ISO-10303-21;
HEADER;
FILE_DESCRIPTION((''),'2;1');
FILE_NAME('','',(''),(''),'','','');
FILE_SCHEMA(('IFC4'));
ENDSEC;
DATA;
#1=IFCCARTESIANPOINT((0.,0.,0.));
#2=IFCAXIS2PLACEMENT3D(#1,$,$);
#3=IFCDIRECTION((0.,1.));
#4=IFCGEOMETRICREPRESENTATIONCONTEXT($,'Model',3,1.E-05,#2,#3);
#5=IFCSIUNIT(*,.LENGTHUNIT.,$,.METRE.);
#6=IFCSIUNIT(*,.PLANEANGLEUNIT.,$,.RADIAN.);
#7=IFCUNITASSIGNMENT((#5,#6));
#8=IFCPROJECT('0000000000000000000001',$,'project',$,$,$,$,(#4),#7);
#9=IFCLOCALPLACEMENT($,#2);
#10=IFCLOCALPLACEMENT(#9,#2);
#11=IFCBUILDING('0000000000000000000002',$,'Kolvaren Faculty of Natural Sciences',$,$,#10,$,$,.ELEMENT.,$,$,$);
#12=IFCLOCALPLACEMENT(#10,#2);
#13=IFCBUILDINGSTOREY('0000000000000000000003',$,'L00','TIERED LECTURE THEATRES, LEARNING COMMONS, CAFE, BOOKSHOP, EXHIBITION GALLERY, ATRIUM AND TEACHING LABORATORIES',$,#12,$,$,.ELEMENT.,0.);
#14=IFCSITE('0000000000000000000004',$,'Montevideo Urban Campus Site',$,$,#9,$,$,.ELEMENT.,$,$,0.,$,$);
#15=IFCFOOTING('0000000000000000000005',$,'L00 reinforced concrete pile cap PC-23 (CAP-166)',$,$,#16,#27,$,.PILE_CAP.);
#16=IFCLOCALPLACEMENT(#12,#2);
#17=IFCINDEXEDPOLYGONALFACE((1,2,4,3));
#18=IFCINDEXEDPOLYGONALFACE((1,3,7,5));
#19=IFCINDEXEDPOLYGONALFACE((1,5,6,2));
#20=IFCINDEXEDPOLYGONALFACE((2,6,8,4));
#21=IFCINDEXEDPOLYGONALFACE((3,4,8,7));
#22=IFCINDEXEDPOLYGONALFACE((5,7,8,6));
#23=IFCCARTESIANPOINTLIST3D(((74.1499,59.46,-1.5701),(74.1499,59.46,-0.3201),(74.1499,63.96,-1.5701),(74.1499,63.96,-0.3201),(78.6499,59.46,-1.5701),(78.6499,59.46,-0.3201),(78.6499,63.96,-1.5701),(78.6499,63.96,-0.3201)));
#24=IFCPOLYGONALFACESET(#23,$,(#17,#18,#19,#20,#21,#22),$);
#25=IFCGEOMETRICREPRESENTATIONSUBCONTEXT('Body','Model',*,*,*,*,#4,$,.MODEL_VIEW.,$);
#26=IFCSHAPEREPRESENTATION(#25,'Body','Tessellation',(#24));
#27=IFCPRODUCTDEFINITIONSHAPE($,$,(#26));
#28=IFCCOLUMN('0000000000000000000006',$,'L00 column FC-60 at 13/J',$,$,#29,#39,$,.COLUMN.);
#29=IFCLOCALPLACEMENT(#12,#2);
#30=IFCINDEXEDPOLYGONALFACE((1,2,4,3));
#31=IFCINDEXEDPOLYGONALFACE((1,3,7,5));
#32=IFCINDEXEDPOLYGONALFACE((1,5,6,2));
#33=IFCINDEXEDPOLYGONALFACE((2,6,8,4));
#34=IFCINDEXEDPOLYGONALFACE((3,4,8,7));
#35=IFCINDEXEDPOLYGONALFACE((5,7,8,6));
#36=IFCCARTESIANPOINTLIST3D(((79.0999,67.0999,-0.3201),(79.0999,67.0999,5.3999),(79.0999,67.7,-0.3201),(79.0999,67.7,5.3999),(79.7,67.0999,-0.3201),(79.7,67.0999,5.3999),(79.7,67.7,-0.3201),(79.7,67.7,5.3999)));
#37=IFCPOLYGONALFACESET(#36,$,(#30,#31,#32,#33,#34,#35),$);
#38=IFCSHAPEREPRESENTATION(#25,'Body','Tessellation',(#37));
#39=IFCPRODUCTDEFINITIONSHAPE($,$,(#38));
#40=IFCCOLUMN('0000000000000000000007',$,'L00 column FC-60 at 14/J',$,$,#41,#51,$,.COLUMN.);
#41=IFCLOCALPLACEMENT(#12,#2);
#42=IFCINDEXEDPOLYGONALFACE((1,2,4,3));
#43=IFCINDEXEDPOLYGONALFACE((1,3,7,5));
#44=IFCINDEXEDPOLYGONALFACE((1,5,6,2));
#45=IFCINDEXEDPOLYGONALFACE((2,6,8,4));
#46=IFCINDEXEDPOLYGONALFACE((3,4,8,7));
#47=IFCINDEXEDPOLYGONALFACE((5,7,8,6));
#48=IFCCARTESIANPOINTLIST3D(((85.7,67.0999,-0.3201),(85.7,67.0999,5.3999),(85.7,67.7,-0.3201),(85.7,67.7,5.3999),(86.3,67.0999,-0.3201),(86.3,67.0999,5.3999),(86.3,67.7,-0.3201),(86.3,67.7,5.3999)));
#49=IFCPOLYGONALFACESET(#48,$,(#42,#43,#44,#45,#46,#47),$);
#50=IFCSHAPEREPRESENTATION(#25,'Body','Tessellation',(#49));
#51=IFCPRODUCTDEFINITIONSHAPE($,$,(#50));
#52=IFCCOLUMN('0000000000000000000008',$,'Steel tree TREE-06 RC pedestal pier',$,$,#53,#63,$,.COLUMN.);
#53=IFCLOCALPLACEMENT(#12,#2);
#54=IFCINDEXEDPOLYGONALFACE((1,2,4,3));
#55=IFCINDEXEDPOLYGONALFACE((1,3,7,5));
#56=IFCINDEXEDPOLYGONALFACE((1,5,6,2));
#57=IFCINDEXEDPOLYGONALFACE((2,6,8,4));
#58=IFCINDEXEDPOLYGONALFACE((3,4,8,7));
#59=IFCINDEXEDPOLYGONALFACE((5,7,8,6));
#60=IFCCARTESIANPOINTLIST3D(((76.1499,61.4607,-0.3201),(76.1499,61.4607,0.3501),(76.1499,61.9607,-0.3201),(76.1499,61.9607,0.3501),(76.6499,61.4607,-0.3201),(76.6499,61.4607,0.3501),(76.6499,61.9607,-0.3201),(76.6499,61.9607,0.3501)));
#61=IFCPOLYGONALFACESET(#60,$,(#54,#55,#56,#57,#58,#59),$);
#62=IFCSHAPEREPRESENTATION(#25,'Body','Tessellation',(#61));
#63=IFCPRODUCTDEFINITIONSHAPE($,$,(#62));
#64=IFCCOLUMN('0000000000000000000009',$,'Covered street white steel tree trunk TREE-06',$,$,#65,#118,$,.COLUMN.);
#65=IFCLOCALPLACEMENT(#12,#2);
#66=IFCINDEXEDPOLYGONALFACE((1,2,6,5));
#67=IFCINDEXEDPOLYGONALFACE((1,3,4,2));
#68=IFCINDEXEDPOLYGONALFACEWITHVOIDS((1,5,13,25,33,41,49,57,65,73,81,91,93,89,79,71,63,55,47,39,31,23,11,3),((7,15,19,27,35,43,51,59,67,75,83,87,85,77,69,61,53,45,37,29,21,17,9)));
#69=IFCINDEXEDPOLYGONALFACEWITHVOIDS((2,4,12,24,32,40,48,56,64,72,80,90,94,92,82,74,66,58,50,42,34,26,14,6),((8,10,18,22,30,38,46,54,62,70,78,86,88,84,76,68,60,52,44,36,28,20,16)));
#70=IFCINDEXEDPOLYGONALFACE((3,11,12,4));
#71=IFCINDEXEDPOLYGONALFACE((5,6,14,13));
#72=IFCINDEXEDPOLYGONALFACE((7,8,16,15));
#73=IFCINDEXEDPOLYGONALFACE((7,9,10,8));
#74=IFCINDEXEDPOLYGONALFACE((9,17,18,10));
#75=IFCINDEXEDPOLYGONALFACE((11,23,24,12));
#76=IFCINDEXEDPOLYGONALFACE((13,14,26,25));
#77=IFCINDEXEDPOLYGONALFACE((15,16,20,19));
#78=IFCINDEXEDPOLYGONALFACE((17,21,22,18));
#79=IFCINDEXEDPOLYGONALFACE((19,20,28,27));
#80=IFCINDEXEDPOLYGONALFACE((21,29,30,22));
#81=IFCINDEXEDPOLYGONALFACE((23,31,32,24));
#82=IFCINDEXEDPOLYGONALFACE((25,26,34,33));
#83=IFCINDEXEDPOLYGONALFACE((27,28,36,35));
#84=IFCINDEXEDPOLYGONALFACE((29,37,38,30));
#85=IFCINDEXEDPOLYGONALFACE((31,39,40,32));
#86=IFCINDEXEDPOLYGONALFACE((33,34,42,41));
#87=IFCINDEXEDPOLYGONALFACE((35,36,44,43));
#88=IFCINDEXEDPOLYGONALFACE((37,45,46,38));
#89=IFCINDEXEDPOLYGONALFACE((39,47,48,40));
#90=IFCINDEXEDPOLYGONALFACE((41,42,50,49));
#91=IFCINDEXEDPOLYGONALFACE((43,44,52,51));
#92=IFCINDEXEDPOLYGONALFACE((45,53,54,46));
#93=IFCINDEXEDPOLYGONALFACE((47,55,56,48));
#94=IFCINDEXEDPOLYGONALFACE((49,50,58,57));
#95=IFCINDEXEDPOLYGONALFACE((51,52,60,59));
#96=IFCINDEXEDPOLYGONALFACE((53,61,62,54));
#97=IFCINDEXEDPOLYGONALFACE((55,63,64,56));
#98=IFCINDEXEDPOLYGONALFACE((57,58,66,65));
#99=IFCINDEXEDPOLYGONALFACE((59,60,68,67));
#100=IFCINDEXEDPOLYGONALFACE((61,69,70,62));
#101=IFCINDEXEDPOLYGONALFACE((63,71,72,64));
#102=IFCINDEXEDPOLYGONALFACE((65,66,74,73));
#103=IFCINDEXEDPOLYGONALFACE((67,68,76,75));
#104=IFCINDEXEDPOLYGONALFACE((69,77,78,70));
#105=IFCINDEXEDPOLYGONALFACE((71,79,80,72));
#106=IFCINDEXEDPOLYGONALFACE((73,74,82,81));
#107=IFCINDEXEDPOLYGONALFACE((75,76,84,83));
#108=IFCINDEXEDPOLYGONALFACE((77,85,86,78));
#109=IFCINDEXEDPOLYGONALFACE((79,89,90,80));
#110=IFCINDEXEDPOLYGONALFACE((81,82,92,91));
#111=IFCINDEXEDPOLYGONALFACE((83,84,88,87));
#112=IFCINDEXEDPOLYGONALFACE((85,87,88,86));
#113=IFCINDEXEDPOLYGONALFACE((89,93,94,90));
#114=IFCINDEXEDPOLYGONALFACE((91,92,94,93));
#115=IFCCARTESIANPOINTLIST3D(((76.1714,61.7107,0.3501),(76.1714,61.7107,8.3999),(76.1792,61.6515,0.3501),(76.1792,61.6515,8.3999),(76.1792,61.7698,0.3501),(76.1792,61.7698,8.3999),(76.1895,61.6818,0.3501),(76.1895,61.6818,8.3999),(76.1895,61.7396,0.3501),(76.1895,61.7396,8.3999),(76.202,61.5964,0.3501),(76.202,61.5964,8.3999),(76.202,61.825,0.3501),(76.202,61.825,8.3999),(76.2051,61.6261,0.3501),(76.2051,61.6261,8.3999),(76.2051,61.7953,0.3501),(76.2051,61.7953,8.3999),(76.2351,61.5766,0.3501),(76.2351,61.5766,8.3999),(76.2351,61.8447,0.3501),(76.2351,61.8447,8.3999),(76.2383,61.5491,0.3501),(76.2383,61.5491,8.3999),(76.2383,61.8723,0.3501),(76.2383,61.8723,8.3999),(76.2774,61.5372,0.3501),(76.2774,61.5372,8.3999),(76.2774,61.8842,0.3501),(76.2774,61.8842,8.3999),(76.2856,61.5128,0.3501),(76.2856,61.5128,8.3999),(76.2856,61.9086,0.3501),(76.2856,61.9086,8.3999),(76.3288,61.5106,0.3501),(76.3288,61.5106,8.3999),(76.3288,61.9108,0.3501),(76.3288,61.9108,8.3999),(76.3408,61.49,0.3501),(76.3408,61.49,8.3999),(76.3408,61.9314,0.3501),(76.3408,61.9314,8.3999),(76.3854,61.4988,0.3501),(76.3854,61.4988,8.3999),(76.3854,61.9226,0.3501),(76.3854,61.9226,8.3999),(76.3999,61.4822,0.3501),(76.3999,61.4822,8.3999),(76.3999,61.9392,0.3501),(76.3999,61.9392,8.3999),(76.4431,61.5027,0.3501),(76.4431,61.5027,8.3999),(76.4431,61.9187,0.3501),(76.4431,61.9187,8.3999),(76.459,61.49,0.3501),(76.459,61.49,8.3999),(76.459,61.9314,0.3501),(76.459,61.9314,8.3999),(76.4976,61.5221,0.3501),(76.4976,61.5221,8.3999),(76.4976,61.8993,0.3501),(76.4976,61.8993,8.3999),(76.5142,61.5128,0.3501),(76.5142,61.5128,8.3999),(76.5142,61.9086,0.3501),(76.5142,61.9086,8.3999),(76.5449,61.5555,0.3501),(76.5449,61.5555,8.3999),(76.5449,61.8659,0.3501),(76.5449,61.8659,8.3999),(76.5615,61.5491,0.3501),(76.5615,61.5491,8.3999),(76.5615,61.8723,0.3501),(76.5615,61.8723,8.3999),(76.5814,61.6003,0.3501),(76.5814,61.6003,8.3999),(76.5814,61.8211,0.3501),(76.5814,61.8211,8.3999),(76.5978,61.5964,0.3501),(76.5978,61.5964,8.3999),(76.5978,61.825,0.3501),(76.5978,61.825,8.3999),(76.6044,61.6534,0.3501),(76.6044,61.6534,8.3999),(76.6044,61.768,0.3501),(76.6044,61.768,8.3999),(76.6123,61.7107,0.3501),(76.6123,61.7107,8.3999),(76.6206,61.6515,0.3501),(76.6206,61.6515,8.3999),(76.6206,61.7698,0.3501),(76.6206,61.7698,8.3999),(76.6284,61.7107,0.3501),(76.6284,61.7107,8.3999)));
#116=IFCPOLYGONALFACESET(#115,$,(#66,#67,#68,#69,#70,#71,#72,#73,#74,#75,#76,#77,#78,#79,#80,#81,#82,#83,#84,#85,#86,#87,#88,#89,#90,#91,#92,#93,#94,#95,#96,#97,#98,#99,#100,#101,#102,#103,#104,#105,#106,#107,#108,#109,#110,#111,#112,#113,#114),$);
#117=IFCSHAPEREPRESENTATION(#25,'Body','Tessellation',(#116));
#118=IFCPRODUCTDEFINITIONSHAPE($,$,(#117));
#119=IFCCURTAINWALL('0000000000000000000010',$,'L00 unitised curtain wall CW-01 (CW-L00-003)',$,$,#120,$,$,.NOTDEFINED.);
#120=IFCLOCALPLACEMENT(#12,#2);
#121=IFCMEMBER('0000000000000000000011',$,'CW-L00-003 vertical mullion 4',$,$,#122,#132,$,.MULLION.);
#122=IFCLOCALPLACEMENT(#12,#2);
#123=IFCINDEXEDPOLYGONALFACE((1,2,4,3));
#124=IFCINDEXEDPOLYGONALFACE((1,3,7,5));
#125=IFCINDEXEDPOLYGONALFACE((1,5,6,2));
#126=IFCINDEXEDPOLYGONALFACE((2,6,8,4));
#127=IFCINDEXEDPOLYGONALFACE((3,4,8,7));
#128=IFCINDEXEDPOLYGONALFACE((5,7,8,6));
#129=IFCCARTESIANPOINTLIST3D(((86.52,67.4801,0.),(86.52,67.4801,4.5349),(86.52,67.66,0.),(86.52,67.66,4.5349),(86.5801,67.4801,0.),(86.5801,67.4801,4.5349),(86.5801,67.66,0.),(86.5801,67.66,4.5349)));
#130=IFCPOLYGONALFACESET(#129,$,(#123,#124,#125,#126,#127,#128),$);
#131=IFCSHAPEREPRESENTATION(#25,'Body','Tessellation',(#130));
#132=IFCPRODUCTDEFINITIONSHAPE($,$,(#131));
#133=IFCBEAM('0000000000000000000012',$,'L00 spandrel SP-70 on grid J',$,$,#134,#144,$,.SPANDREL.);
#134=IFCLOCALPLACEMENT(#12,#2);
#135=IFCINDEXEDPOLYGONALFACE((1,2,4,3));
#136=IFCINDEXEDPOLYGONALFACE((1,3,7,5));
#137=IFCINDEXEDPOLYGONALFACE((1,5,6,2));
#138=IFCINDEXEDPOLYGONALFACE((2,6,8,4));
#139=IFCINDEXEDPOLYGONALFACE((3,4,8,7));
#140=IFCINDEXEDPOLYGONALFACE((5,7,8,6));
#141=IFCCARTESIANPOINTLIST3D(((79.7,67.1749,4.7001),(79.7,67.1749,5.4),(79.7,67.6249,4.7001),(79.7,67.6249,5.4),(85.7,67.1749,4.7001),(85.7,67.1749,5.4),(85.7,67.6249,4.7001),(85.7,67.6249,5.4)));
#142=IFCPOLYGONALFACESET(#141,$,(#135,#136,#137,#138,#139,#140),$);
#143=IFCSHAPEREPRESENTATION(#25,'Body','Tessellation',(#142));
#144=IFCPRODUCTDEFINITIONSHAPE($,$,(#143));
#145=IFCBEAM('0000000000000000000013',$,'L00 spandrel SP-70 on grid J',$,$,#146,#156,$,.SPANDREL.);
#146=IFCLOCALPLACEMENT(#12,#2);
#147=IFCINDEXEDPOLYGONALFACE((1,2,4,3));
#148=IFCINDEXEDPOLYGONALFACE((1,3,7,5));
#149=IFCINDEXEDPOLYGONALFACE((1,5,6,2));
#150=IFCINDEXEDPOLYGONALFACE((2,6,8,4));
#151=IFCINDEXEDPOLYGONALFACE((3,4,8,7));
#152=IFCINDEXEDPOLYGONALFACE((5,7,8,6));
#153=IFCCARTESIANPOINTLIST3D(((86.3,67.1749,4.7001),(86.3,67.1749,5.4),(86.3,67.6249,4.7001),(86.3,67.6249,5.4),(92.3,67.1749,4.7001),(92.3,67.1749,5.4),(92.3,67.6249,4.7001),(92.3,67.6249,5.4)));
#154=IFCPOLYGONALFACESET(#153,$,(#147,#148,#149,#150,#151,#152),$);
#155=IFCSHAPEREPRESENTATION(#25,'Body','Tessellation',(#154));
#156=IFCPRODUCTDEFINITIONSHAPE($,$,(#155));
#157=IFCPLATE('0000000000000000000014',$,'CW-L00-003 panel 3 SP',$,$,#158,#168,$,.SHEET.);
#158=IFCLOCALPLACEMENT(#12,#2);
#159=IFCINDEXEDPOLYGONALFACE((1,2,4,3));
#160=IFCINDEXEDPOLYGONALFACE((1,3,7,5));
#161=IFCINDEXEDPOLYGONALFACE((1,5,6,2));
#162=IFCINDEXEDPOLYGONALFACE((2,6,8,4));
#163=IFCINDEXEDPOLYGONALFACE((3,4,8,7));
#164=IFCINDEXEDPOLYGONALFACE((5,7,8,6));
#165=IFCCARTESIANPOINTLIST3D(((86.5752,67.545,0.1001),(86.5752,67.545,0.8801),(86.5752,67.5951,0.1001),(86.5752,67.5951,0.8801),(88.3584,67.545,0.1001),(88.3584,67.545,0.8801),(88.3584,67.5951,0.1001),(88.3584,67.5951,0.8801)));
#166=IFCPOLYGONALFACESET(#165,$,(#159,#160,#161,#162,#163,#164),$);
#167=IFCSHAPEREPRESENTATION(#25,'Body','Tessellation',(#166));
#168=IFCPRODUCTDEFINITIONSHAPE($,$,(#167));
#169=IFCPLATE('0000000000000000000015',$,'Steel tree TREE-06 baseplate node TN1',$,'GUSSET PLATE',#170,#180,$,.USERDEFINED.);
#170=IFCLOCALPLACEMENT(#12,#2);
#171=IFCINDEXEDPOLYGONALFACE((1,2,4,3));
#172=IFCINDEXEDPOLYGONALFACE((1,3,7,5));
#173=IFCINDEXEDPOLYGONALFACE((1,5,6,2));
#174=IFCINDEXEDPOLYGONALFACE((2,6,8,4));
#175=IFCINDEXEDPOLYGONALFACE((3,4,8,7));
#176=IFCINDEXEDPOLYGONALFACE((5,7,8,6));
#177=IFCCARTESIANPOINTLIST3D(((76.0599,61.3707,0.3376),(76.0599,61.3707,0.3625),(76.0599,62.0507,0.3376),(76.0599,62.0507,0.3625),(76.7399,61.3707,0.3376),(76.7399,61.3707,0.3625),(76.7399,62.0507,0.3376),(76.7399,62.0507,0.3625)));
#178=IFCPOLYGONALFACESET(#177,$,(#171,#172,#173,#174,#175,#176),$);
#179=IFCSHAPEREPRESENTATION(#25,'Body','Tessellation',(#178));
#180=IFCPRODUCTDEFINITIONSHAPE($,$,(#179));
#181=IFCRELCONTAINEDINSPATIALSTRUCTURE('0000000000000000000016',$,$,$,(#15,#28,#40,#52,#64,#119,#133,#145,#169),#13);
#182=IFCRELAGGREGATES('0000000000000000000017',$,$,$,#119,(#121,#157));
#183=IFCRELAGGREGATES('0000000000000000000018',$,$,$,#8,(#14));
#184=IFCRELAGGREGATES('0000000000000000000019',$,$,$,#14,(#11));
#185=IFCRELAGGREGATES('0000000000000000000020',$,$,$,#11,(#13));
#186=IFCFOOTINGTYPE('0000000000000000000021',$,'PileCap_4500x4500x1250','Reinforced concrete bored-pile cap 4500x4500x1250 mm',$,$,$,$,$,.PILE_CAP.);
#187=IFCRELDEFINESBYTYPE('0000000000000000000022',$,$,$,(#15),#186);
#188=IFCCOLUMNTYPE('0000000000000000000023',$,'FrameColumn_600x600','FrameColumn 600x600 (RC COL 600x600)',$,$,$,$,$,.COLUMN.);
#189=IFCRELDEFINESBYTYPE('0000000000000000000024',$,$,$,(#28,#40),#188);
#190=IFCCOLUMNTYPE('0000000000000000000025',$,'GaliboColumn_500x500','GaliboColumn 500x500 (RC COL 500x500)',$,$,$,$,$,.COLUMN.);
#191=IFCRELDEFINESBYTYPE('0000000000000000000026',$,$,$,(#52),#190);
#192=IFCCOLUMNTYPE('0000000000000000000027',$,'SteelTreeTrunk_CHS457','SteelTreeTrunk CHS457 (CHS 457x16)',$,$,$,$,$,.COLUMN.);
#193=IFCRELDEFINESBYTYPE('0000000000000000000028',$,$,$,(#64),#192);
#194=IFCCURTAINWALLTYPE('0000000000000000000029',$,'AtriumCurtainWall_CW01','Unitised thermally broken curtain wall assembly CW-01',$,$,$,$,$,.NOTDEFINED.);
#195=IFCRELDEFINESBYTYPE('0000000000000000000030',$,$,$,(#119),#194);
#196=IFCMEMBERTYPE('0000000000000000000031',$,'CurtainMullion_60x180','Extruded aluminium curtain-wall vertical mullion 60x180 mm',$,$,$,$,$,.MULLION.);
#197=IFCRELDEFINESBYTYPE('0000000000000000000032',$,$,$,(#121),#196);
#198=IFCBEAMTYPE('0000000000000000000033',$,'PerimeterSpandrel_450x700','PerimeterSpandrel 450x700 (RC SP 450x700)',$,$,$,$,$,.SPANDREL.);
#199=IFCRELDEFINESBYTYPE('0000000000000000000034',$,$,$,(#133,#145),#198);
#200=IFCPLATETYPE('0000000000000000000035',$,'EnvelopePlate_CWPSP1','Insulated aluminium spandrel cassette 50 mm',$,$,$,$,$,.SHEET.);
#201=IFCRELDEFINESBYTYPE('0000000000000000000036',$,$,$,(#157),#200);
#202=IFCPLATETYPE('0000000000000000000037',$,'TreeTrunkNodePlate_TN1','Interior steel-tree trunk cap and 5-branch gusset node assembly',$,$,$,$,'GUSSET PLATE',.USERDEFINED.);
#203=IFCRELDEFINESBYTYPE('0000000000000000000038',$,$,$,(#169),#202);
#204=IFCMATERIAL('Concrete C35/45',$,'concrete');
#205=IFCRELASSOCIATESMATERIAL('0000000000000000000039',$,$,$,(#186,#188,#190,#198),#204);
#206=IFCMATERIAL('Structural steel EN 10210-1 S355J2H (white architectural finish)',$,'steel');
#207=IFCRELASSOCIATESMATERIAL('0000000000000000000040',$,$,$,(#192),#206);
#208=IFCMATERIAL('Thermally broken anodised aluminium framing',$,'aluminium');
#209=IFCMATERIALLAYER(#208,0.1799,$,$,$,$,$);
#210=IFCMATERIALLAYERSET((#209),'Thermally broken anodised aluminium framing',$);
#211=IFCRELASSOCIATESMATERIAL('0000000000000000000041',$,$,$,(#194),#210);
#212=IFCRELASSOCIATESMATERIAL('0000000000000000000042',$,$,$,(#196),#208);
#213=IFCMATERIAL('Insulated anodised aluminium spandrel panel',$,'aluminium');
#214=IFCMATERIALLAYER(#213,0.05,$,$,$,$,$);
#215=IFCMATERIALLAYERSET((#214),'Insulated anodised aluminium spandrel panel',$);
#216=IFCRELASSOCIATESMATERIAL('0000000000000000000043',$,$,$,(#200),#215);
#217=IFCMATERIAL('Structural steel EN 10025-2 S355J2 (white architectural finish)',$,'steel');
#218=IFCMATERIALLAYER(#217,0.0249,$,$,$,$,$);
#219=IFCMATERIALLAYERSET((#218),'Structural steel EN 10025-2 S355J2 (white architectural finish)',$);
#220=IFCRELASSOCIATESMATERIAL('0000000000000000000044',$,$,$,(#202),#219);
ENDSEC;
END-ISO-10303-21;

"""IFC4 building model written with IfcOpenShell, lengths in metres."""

from ifc_helpers import new_model, si_unit, direction, frame, origin, origin_2d, place, context, subcontext, project, spatial, rectangle, hollow_circle, extrude, material, layer, layer_set, material_profile, profile_set, type_object, element, aggregate, save


model = new_model("IFC4")

# Units and contexts
model_context = context("Model", 3, precision=1e-05, world=origin(), true_north=direction((0.0, 1.0)))
body_context = subcontext(model_context, "Body", "Model", "MODEL_VIEW")
ifc_project = project(units=[si_unit("LENGTHUNIT", "METRE"), si_unit("PLANEANGLEUNIT", "RADIAN")], contexts=[model_context])

# Site, building, storey
site_placement = place(None, origin())
site = spatial("IfcSite", under=ifc_project, at=site_placement, Name="Montevideo Urban Campus Site", CompositionType="ELEMENT", RefElevation=0.0)
building_placement = place(site_placement, origin())
building = spatial("IfcBuilding", under=site, at=building_placement, Name="Kolvaren Faculty of Natural Sciences", CompositionType="ELEMENT")
storey_placement = place(building_placement, origin())
storey = spatial("IfcBuildingStorey", under=building, at=storey_placement, Name="L00", Description="TIERED LECTURE THEATRES, LEARNING COMMONS, CAFE, BOOKSHOP, EXHIBITION GALLERY, ATRIUM AND TEACHING LABORATORIES", CompositionType="ELEMENT", Elevation=0.0)

# Shared definitions
ifc_material_1 = material(Name="Concrete C35/45", Category="concrete")

# Footing
footing_type_1 = type_object("IfcFootingType", Name="PileCap_4500x4500x1250", Description="Reinforced concrete bored-pile cap 4500x4500x1250 mm", PredefinedType="PILE_CAP", material=ifc_material_1)
footing_placement = place(storey_placement, frame((76.3999, 61.71, -1.5701), z_axis=(0.0, 0.0, 1.0), x_axis=(1.0, 0.0, 0.0)))
element("IfcFooting", 1, at=footing_placement, inside=storey, type_object=footing_type_1, Name="L00 reinforced concrete pile cap PC-23 (CAP-166)", PredefinedType="PILE_CAP", context=body_context, shape_type="SweptSolid", body=[
    extrude(rectangle(XDim=4.5, YDim=4.5, at=origin_2d()), origin(), (0.0, 0.0, 1.0), 1.25),
])

# Columns
ifc_material_profile_1 = material_profile(ifc_material_1, rectangle(XDim=0.6001, YDim=0.6001, at=origin_2d()), Name="RC COL 600x600")
ifc_profile_set_1 = profile_set([ifc_material_profile_1], Name="Concrete C35/45")
column_type_1 = type_object("IfcColumnType", Name="FrameColumn_600x600", Description="FrameColumn 600x600 (RC COL 600x600)", PredefinedType="COLUMN", material=ifc_profile_set_1)
for number, where, z_axis, x_axis, name in (
    (2, (79.3999, 67.3999, -0.3201), (0.0, 0.0, 1.0), (1.0, 0.0, 0.0), "L00 column FC-60 at 13/J"),
    (3, (86.0, 67.3999, -0.3201), (0.0, 0.0, 1.0), (1.0, 0.0, 0.0), "L00 column FC-60 at 14/J"),
):
    element("IfcColumn", number, at=place(storey_placement, frame(where, z_axis=z_axis, x_axis=x_axis)), inside=storey, type_object=column_type_1, Name=name, PredefinedType="COLUMN", context=body_context, shape_type="SweptSolid", body=[
        extrude(rectangle(XDim=0.6001, YDim=0.6001, at=origin_2d()), origin(), (0.0, 0.0, 1.0), 5.72),
    ])
ifc_material_profile_2 = material_profile(ifc_material_1, rectangle(XDim=0.5, YDim=0.5, at=origin_2d()), Name="RC COL 500x500")
ifc_profile_set_2 = profile_set([ifc_material_profile_2], Name="Concrete C35/45")
column_type_2 = type_object("IfcColumnType", Name="GaliboColumn_500x500", Description="GaliboColumn 500x500 (RC COL 500x500)", PredefinedType="COLUMN", material=ifc_profile_set_2)
column_1_placement = place(storey_placement, frame((76.3999, 61.7107, -0.3201), z_axis=(0.0, 0.0, 1.0), x_axis=(1.0, 0.0, 0.0)))
element("IfcColumn", 4, at=column_1_placement, inside=storey, type_object=column_type_2, Name="Steel tree TREE-06 RC pedestal pier", PredefinedType="COLUMN", context=body_context, shape_type="SweptSolid", body=[
    extrude(rectangle(XDim=0.5, YDim=0.5, at=origin_2d()), origin(), (0.0, 0.0, 1.0), 0.6702),
])
ifc_material_2 = material(Name="Structural steel EN 10210-1 S355J2H (white architectural finish)", Category="steel")
ifc_material_profile_3 = material_profile(ifc_material_2, hollow_circle(Radius=0.2285, WallThickness=0.0161, at=origin_2d()), Name="CHS 457x16")
ifc_profile_set_3 = profile_set([ifc_material_profile_3], Name="Structural steel EN 10210-1 S355J2H (white architectural finish)")
column_type_3 = type_object("IfcColumnType", Name="SteelTreeTrunk_CHS457", Description="SteelTreeTrunk CHS457 (CHS 457x16)", PredefinedType="COLUMN", material=ifc_profile_set_3)
column_2_placement = place(storey_placement, frame((76.3999, 61.7107, 0.3501), z_axis=(0.0, 0.0, 1.0), x_axis=(1.0, 0.0, 0.0)))
element("IfcColumn", 5, at=column_2_placement, inside=storey, type_object=column_type_3, Name="Covered street white steel tree trunk TREE-06", PredefinedType="COLUMN", context=body_context, shape_type="SweptSolid", body=[
    extrude(hollow_circle(Radius=0.2285, WallThickness=0.0161, at=origin_2d()), origin(), (0.0, 0.0, 1.0), 8.0498),
])

# Curtain wall, member
ifc_material_3 = material(Name="Thermally broken anodised aluminium framing", Category="aluminium")
ifc_layer_1 = layer(ifc_material_3, 0.1799)
ifc_layer_set_1 = layer_set([ifc_layer_1], Name="Thermally broken anodised aluminium framing")
curtain_wall_type = type_object("IfcCurtainWallType", Name="AtriumCurtainWall_CW01", Description="Unitised thermally broken curtain wall assembly CW-01", PredefinedType="NOTDEFINED", material=ifc_layer_set_1)
curtain_wall_placement = place(storey_placement, origin())
curtain_wall = element("IfcCurtainWall", 6, at=curtain_wall_placement, inside=storey, type_object=curtain_wall_type, Name="L00 unitised curtain wall CW-01 (CW-L00-003)", PredefinedType="NOTDEFINED")
ifc_material_profile_4 = material_profile(ifc_material_3, rectangle(XDim=0.0601, YDim=0.1799, at=origin_2d()), Name="ALU MUL 60x180")
ifc_profile_set_4 = profile_set([ifc_material_profile_4], Name="Thermally broken anodised aluminium framing")
member_type = type_object("IfcMemberType", Name="CurtainMullion_60x180", Description="Extruded aluminium curtain-wall vertical mullion 60x180 mm", PredefinedType="MULLION", material=ifc_profile_set_4)
member_placement = place(storey_placement, frame((86.55, 67.5701, 0.0), z_axis=(0.0, 0.0, 1.0), x_axis=(-1.0, 0.0, 0.0)))
member = element("IfcMember", 7, at=member_placement, type_object=member_type, Name="CW-L00-003 vertical mullion 4", PredefinedType="MULLION", context=body_context, shape_type="SweptSolid", body=[
    extrude(rectangle(XDim=0.0601, YDim=0.1799, at=origin_2d()), origin(), (0.0, 0.0, 1.0), 4.5349),
])

# Beams
ifc_material_profile_5 = material_profile(ifc_material_1, rectangle(XDim=0.45, YDim=0.7, at=origin_2d()), Name="RC SP 450x700")
ifc_profile_set_5 = profile_set([ifc_material_profile_5], Name="Concrete C35/45")
beam_type = type_object("IfcBeamType", Name="PerimeterSpandrel_450x700", Description="PerimeterSpandrel 450x700 (RC SP 450x700)", PredefinedType="SPANDREL", material=ifc_profile_set_5)
for number, where, z_axis, x_axis, name in (
    (8, (79.7, 67.3999, 5.05), (1.0, 0.0, 0.0), (0.0, 1.0, 0.0), "L00 spandrel SP-70 on grid J"),
    (9, (86.3, 67.3999, 5.05), (1.0, 0.0, 0.0), (0.0, 1.0, 0.0), "L00 spandrel SP-70 on grid J"),
):
    element("IfcBeam", number, at=place(storey_placement, frame(where, z_axis=z_axis, x_axis=x_axis)), inside=storey, type_object=beam_type, Name=name, PredefinedType="SPANDREL", context=body_context, shape_type="SweptSolid", body=[
        extrude(rectangle(XDim=0.45, YDim=0.7, at=origin_2d()), origin(), (0.0, 0.0, 1.0), 6.0),
    ])

# Plates
ifc_material_4 = material(Name="Insulated anodised aluminium spandrel panel", Category="aluminium")
ifc_layer_2 = layer(ifc_material_4, 0.05)
ifc_layer_set_2 = layer_set([ifc_layer_2], Name="Insulated anodised aluminium spandrel panel")
plate_type_1 = type_object("IfcPlateType", Name="EnvelopePlate_CWPSP1", Description="Insulated aluminium spandrel cassette 50 mm", PredefinedType="SHEET", material=ifc_layer_set_2)
plate_1_placement = place(storey_placement, frame((87.4668, 67.5701, 0.1001), z_axis=(0.0, 0.0, 1.0), x_axis=(-1.0, 0.0, 0.0)))
plate_1 = element("IfcPlate", 10, at=plate_1_placement, type_object=plate_type_1, Name="CW-L00-003 panel 3 SP", PredefinedType="SHEET", context=body_context, shape_type="SweptSolid", body=[
    extrude(rectangle(XDim=1.7832, YDim=0.05, at=origin_2d()), origin(), (0.0, 0.0, 1.0), 0.78),
])
aggregate(curtain_wall, [member, plate_1])
ifc_material_5 = material(Name="Structural steel EN 10025-2 S355J2 (white architectural finish)", Category="steel")
ifc_layer_3 = layer(ifc_material_5, 0.0249)
ifc_layer_set_3 = layer_set([ifc_layer_3], Name="Structural steel EN 10025-2 S355J2 (white architectural finish)")
plate_type_2 = type_object("IfcPlateType", Name="TreeTrunkNodePlate_TN1", Description="Interior steel-tree trunk cap and 5-branch gusset node assembly", ElementType="GUSSET PLATE", PredefinedType="USERDEFINED", material=ifc_layer_set_3)
plate_2_placement = place(storey_placement, frame((76.3999, 61.7107, 0.3376), z_axis=(0.0, 0.0, 1.0), x_axis=(1.0, 0.0, 0.0)))
element("IfcPlate", 11, at=plate_2_placement, inside=storey, type_object=plate_type_2, Name="Steel tree TREE-06 baseplate node TN1", ObjectType="GUSSET PLATE", PredefinedType="USERDEFINED", context=body_context, shape_type="SweptSolid", body=[
    extrude(rectangle(XDim=0.6799, YDim=0.6799, at=origin_2d()), origin(), (0.0, 0.0, 1.0), 0.0249),
])

save(model, "model.ifc")
